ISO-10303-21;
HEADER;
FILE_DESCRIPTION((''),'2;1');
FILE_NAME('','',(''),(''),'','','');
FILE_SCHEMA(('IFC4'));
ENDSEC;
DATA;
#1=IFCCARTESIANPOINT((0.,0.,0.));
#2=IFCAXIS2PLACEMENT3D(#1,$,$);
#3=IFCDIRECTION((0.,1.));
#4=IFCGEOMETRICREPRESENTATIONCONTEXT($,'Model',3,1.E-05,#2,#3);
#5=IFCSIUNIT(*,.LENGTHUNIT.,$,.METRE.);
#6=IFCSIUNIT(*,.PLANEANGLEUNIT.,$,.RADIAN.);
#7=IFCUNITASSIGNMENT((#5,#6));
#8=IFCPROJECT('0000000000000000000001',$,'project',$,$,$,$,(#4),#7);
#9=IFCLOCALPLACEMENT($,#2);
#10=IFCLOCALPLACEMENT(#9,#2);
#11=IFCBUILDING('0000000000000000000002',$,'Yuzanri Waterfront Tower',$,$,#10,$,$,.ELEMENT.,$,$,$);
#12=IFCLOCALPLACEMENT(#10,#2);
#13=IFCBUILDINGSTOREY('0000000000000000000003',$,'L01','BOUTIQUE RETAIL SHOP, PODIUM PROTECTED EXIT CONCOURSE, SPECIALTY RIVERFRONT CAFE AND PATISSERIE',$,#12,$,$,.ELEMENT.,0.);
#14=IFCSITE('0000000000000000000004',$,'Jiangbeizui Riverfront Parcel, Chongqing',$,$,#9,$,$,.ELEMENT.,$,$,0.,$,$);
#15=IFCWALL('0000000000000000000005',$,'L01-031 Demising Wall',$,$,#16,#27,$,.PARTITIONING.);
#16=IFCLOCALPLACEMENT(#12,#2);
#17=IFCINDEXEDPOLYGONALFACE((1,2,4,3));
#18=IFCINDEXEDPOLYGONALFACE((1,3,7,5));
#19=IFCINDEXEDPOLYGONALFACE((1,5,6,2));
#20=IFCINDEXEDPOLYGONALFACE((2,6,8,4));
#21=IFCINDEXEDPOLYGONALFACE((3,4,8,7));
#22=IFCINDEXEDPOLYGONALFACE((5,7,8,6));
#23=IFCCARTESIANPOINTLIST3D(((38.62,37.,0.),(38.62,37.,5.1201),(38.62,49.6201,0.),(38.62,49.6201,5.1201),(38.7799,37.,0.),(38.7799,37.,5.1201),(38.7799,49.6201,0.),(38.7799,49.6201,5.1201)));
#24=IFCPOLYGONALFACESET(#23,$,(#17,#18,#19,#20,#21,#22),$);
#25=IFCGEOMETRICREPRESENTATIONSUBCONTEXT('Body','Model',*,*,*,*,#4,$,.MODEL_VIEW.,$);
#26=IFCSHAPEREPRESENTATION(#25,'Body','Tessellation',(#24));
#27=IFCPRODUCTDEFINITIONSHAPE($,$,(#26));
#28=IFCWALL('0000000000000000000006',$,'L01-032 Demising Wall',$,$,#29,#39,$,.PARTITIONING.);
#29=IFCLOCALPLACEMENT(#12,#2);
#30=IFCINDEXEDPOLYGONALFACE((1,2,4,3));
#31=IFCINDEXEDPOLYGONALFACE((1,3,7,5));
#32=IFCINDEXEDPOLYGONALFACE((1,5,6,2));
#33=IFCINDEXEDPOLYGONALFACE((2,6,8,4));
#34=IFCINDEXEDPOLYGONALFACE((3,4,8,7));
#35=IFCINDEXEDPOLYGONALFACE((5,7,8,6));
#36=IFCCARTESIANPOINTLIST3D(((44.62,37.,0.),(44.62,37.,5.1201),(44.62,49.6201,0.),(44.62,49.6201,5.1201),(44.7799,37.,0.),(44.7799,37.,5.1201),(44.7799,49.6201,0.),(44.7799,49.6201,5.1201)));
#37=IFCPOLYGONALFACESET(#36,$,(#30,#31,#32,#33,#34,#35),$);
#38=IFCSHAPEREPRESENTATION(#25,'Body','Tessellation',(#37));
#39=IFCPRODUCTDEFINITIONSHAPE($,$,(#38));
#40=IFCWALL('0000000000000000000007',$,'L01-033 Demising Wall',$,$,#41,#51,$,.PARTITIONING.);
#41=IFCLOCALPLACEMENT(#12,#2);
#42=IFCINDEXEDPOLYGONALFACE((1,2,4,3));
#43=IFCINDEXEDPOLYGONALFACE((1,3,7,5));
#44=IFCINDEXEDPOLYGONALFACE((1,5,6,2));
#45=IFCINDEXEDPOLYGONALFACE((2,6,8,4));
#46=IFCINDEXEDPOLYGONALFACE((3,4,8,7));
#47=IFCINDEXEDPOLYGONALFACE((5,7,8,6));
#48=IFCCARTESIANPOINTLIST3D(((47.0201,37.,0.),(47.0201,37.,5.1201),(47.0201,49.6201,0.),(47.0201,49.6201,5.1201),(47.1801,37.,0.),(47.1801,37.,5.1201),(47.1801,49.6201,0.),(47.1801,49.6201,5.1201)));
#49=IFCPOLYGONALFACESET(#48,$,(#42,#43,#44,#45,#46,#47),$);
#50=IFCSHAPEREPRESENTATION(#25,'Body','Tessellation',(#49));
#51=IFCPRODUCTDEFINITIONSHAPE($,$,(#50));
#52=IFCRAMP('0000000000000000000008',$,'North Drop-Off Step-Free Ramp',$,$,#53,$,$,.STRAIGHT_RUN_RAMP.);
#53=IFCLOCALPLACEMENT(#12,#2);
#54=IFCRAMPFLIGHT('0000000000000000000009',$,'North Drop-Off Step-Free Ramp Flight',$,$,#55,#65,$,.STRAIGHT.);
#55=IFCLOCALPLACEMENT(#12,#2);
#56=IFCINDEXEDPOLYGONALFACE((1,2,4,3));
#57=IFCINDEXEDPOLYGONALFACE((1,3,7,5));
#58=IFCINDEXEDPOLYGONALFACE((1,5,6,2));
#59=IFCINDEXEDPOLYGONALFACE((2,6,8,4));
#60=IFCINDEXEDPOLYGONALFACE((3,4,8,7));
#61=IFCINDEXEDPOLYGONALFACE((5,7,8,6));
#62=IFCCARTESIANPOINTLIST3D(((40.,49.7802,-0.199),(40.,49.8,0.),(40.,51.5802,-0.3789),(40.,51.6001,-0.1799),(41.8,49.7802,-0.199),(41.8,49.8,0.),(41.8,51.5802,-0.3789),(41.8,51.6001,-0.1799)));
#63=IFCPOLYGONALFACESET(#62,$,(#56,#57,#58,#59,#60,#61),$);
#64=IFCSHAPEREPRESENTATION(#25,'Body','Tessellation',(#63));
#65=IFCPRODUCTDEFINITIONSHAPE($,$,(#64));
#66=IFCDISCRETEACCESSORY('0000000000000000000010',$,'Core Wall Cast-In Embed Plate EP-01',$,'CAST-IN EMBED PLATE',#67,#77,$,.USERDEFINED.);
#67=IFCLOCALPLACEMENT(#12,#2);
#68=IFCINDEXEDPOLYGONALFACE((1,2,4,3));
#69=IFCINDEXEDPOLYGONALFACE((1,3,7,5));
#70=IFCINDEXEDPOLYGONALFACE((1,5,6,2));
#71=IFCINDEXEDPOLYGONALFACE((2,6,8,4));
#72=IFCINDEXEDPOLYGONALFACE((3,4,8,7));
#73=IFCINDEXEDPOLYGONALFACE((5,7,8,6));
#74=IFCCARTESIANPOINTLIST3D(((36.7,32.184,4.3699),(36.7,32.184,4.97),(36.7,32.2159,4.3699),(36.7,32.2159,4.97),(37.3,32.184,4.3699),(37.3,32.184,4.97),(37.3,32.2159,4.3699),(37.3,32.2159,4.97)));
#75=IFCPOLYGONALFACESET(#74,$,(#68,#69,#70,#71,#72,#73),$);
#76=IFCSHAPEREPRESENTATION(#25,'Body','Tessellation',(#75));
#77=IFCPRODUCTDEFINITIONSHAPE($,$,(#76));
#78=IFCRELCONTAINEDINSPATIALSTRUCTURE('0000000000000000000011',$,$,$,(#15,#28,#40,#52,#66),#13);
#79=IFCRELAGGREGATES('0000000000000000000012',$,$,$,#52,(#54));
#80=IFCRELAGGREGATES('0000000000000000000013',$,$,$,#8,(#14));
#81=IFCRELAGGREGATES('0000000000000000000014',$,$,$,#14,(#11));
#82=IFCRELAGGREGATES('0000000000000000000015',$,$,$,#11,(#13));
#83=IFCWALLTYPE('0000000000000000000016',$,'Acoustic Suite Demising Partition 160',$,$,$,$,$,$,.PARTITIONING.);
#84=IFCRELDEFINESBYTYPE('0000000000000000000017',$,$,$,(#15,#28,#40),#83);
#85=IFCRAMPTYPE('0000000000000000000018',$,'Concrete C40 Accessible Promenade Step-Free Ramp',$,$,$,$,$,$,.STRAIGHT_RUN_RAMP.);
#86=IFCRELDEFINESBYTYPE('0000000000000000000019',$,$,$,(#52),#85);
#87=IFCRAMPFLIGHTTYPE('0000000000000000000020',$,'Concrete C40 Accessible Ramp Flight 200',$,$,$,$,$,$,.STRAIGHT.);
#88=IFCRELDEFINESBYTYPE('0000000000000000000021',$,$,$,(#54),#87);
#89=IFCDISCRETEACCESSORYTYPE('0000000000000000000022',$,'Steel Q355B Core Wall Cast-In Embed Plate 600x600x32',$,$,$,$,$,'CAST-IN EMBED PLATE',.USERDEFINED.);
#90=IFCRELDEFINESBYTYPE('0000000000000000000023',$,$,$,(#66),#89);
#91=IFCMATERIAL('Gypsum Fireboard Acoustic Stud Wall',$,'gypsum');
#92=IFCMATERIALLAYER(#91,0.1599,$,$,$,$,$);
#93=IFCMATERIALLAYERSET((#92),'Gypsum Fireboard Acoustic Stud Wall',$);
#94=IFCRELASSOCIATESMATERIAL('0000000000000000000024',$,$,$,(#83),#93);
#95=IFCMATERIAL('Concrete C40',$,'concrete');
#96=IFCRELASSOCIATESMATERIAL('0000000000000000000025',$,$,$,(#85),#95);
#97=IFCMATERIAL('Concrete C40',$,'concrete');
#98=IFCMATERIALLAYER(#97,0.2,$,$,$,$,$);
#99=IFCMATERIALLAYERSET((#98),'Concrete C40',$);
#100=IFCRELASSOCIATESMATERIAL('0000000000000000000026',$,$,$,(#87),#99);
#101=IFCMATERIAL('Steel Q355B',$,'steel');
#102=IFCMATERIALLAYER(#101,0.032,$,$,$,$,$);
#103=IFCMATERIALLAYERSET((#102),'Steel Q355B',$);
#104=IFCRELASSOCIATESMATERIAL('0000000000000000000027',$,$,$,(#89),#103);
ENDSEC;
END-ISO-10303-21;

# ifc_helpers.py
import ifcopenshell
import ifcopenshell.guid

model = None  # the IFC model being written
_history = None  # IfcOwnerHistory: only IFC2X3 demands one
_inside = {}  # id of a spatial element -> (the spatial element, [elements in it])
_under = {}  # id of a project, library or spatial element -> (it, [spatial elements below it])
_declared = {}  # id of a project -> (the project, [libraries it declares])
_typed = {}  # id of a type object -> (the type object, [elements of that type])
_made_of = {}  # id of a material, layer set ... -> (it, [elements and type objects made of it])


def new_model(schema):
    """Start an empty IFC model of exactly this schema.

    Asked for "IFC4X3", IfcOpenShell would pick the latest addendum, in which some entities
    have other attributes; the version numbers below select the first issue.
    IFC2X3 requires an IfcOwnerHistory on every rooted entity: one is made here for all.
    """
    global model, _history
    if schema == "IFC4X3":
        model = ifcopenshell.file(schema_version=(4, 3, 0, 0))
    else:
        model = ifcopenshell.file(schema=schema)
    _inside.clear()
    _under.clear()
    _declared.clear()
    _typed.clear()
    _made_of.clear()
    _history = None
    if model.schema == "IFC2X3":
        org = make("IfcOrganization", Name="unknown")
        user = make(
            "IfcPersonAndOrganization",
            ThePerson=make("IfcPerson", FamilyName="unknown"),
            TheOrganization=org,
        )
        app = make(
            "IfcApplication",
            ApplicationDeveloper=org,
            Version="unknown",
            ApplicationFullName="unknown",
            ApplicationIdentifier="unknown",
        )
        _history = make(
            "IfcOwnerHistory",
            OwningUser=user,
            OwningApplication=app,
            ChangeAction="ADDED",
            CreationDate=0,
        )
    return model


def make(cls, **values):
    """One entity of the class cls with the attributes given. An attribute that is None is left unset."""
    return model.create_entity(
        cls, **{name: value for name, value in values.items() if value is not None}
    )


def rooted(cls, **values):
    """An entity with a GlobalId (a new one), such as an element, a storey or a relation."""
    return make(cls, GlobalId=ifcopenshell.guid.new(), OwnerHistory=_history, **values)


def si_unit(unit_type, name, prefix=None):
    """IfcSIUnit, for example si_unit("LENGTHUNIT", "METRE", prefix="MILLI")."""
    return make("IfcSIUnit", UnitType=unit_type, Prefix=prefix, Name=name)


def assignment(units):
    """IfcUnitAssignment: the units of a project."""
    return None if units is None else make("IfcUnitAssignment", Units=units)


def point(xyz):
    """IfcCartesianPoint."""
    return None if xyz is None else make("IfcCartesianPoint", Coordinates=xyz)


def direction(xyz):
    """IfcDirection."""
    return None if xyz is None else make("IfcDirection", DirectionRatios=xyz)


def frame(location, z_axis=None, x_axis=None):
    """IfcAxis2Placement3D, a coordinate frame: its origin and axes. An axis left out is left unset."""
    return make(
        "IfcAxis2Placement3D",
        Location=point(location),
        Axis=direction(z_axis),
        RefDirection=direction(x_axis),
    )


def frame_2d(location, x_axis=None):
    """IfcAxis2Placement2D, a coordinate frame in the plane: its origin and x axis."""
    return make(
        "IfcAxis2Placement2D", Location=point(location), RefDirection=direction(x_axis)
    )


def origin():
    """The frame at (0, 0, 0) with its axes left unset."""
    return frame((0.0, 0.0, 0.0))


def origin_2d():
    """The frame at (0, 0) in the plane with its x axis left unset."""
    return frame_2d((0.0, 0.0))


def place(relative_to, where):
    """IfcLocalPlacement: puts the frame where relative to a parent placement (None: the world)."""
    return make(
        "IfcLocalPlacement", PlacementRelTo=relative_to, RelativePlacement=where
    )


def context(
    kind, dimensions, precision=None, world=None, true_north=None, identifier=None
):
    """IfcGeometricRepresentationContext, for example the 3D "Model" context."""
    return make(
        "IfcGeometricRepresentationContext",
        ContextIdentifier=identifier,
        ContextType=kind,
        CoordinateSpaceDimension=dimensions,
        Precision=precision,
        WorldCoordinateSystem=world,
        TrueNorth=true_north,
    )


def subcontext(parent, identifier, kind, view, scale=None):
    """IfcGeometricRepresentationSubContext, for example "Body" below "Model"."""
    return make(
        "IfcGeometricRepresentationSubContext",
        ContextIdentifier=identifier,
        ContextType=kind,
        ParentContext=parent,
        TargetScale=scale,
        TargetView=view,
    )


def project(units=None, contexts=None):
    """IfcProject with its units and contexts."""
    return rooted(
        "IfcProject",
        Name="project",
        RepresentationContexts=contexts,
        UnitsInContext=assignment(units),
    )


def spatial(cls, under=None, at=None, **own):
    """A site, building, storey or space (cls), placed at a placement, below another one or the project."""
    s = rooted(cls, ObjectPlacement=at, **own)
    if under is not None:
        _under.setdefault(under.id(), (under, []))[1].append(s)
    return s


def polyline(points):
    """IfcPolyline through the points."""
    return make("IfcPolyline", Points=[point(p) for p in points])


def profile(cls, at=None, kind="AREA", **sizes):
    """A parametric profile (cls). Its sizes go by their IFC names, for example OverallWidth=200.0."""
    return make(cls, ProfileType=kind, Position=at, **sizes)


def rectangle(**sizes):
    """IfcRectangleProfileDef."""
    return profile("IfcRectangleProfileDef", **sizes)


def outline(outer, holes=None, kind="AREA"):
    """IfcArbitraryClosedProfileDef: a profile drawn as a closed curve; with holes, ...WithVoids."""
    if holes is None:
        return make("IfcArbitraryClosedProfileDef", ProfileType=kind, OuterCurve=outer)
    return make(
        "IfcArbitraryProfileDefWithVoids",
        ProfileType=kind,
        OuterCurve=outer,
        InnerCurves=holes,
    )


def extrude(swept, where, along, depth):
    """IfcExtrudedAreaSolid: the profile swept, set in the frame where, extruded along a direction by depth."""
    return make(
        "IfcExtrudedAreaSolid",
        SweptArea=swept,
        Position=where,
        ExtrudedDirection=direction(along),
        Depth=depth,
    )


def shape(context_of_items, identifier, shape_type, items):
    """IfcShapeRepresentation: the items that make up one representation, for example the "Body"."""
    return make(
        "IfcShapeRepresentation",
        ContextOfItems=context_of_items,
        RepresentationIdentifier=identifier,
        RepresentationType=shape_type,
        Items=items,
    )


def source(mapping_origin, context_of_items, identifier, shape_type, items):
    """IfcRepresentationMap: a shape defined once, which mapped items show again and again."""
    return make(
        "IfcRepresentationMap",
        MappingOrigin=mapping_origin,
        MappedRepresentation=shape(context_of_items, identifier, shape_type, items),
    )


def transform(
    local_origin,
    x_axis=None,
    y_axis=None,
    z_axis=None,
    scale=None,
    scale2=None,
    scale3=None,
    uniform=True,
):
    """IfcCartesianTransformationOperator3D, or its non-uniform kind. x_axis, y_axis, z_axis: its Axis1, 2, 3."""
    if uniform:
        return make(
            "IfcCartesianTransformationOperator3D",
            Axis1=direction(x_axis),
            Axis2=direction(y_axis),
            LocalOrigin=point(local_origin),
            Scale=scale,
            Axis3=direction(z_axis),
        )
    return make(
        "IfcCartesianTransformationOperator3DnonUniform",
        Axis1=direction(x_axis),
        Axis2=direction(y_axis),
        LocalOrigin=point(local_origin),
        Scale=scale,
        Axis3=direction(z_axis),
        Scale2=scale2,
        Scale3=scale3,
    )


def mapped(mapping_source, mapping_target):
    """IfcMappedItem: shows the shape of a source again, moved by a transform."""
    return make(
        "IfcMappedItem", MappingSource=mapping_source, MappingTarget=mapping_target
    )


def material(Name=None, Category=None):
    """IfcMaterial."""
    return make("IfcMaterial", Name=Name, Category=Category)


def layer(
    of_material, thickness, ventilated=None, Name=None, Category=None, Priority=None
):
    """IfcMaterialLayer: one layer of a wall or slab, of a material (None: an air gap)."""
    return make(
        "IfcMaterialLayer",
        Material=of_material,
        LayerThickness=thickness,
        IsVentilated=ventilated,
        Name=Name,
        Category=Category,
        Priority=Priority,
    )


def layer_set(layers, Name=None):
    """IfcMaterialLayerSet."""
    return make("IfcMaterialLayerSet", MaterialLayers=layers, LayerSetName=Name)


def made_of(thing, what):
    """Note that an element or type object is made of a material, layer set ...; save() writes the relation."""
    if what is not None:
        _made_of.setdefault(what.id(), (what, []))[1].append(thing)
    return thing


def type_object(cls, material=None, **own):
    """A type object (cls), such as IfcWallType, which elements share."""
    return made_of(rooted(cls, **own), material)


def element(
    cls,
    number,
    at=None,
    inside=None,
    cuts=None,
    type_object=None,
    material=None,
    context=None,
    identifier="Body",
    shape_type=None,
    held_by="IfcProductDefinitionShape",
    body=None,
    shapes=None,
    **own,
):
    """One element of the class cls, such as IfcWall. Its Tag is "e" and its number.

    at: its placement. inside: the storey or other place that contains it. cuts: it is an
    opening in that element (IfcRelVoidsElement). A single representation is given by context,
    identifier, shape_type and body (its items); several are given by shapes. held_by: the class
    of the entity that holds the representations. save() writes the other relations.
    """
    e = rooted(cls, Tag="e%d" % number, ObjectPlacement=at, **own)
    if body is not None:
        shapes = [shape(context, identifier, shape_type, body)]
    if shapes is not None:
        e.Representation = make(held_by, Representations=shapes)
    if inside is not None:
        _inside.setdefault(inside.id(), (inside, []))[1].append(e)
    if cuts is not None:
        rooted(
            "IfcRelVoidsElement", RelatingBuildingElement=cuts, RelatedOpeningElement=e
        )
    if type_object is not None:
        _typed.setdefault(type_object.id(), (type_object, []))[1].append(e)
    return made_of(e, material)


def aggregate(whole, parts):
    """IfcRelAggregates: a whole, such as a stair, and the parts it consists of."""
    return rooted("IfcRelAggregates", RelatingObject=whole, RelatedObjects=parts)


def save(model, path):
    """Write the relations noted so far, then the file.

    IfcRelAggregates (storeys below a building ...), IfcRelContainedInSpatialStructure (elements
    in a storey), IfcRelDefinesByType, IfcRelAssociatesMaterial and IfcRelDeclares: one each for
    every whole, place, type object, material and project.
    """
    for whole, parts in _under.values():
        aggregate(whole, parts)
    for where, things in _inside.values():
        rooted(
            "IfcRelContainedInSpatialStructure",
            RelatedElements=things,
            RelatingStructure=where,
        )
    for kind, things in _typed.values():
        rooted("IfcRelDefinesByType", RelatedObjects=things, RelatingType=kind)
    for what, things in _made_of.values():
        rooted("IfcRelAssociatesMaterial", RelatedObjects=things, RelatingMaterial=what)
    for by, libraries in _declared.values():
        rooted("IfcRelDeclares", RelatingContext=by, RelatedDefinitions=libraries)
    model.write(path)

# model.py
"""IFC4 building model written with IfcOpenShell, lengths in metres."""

from ifc_helpers import new_model, si_unit, direction, frame, frame_2d, origin, origin_2d, place, context, subcontext, project, spatial, polyline, rectangle, outline, extrude, source, transform, mapped, material, layer, layer_set, type_object, element, aggregate, save


model = new_model("IFC4")

# Units and contexts
model_context = context("Model", 3, precision=1e-05, world=origin(), true_north=direction((0.0, 1.0)))
body_context = subcontext(model_context, "Body", "Model", "MODEL_VIEW")
ifc_project = project(units=[si_unit("LENGTHUNIT", "METRE"), si_unit("PLANEANGLEUNIT", "RADIAN")], contexts=[model_context])

# Site, building, storey
site_placement = place(None, origin())
site = spatial("IfcSite", under=ifc_project, at=site_placement, Name="Jiangbeizui Riverfront Parcel, Chongqing", CompositionType="ELEMENT", RefElevation=0.0)
building_placement = place(site_placement, origin())
building = spatial("IfcBuilding", under=site, at=building_placement, Name="Yuzanri Waterfront Tower", CompositionType="ELEMENT")
storey_placement = place(building_placement, origin())
storey = spatial("IfcBuildingStorey", under=building, at=storey_placement, Name="L01", Description="BOUTIQUE RETAIL SHOP, PODIUM PROTECTED EXIT CONCOURSE, SPECIALTY RIVERFRONT CAFE AND PATISSERIE", CompositionType="ELEMENT", Elevation=0.0)

# Walls
ifc_material_1 = material(Name="Gypsum Fireboard Acoustic Stud Wall", Category="gypsum")
ifc_layer_1 = layer(ifc_material_1, 0.1599)
ifc_layer_set_1 = layer_set([ifc_layer_1], Name="Gypsum Fireboard Acoustic Stud Wall")
wall_type_1 = type_object("IfcWallType", Name="Acoustic Suite Demising Partition 160", PredefinedType="PARTITIONING", material=ifc_layer_set_1)
shared_shape_1 = source(origin(), body_context, "Body", "SweptSolid", [
    extrude(rectangle(XDim=12.6201, YDim=0.1599, at=frame_2d((6.3101, 0.0))), origin(), (0.0, 0.0, 1.0), 5.1201),
])
for number, where, z_axis, x_axis, name in (
    (1, (38.7, 37.0, 0.0), (0.0, 0.0, 1.0), (0.0, 1.0, 0.0), "L01-031 Demising Wall"),
    (2, (44.7, 37.0, 0.0), (0.0, 0.0, 1.0), (0.0, 1.0, 0.0), "L01-032 Demising Wall"),
    (3, (47.1001, 37.0, 0.0), (0.0, 0.0, 1.0), (0.0, 1.0, 0.0), "L01-033 Demising Wall"),
):
    element("IfcWall", number, at=place(storey_placement, frame(where, z_axis=z_axis, x_axis=x_axis)), inside=storey, type_object=wall_type_1, Name=name, PredefinedType="PARTITIONING", context=body_context, shape_type="MappedRepresentation", body=[
        mapped(shared_shape_1, transform((0.0, 0.0, 0.0), scale=1.0)),
    ])

# Ramp, ramp flight
ifc_material_2 = material(Name="Concrete C40", Category="concrete")
ramp_type = type_object("IfcRampType", Name="Concrete C40 Accessible Promenade Step-Free Ramp", PredefinedType="STRAIGHT_RUN_RAMP", material=ifc_material_2)
ramp_placement = place(storey_placement, origin())
ramp = element("IfcRamp", 4, at=ramp_placement, inside=storey, type_object=ramp_type, Name="North Drop-Off Step-Free Ramp", PredefinedType="STRAIGHT_RUN_RAMP")
ifc_material_3 = material(Name="Concrete C40", Category="concrete")
ifc_layer_2 = layer(ifc_material_3, 0.2)
ifc_layer_set_2 = layer_set([ifc_layer_2], Name="Concrete C40")
ramp_flight_type = type_object("IfcRampFlightType", Name="Concrete C40 Accessible Ramp Flight 200", PredefinedType="STRAIGHT", material=ifc_layer_set_2)
ramp_flight_placement = place(storey_placement, frame((40.0, 49.8, 0.0), z_axis=(0.0, 0.099464, 0.995041), x_axis=(1.0, 0.0, 0.0)))
ramp_flight = element("IfcRampFlight", 5, at=ramp_flight_placement, type_object=ramp_flight_type, Name="North Drop-Off Step-Free Ramp Flight", PredefinedType="STRAIGHT", context=body_context, shape_type="SweptSolid", body=[
    extrude(outline(polyline([(0.0, 0.0), (1.8, 0.0), (1.8, 1.809), (0.0, 1.809), (0.0, 0.0)])), origin(), (0.0, 0.0, -1.0), 0.2),
])
aggregate(ramp, [ramp_flight])

# Discrete accessory
ifc_material_4 = material(Name="Steel Q355B", Category="steel")
ifc_layer_3 = layer(ifc_material_4, 0.032)
ifc_layer_set_3 = layer_set([ifc_layer_3], Name="Steel Q355B")
discrete_accessory_type = type_object("IfcDiscreteAccessoryType", Name="Steel Q355B Core Wall Cast-In Embed Plate 600x600x32", ElementType="CAST-IN EMBED PLATE", PredefinedType="USERDEFINED", material=ifc_layer_set_3)
shared_shape_2 = source(origin(), body_context, "Body", "SweptSolid", [
    extrude(rectangle(XDim=0.6001, YDim=0.032, at=origin_2d()), origin(), (0.0, 0.0, 1.0), 0.6001),
])
discrete_accessory_placement = place(storey_placement, frame((37.0, 32.2, 4.3699), z_axis=(0.0, 0.0, 1.0), x_axis=(1.0, 0.0, 0.0)))
element("IfcDiscreteAccessory", 6, at=discrete_accessory_placement, inside=storey, type_object=discrete_accessory_type, Name="Core Wall Cast-In Embed Plate EP-01", ObjectType="CAST-IN EMBED PLATE", PredefinedType="USERDEFINED", context=body_context, shape_type="MappedRepresentation", body=[
    mapped(shared_shape_2, transform((0.0, 0.0, 0.0), scale=1.0)),
])

save(model, "model.ifc")
